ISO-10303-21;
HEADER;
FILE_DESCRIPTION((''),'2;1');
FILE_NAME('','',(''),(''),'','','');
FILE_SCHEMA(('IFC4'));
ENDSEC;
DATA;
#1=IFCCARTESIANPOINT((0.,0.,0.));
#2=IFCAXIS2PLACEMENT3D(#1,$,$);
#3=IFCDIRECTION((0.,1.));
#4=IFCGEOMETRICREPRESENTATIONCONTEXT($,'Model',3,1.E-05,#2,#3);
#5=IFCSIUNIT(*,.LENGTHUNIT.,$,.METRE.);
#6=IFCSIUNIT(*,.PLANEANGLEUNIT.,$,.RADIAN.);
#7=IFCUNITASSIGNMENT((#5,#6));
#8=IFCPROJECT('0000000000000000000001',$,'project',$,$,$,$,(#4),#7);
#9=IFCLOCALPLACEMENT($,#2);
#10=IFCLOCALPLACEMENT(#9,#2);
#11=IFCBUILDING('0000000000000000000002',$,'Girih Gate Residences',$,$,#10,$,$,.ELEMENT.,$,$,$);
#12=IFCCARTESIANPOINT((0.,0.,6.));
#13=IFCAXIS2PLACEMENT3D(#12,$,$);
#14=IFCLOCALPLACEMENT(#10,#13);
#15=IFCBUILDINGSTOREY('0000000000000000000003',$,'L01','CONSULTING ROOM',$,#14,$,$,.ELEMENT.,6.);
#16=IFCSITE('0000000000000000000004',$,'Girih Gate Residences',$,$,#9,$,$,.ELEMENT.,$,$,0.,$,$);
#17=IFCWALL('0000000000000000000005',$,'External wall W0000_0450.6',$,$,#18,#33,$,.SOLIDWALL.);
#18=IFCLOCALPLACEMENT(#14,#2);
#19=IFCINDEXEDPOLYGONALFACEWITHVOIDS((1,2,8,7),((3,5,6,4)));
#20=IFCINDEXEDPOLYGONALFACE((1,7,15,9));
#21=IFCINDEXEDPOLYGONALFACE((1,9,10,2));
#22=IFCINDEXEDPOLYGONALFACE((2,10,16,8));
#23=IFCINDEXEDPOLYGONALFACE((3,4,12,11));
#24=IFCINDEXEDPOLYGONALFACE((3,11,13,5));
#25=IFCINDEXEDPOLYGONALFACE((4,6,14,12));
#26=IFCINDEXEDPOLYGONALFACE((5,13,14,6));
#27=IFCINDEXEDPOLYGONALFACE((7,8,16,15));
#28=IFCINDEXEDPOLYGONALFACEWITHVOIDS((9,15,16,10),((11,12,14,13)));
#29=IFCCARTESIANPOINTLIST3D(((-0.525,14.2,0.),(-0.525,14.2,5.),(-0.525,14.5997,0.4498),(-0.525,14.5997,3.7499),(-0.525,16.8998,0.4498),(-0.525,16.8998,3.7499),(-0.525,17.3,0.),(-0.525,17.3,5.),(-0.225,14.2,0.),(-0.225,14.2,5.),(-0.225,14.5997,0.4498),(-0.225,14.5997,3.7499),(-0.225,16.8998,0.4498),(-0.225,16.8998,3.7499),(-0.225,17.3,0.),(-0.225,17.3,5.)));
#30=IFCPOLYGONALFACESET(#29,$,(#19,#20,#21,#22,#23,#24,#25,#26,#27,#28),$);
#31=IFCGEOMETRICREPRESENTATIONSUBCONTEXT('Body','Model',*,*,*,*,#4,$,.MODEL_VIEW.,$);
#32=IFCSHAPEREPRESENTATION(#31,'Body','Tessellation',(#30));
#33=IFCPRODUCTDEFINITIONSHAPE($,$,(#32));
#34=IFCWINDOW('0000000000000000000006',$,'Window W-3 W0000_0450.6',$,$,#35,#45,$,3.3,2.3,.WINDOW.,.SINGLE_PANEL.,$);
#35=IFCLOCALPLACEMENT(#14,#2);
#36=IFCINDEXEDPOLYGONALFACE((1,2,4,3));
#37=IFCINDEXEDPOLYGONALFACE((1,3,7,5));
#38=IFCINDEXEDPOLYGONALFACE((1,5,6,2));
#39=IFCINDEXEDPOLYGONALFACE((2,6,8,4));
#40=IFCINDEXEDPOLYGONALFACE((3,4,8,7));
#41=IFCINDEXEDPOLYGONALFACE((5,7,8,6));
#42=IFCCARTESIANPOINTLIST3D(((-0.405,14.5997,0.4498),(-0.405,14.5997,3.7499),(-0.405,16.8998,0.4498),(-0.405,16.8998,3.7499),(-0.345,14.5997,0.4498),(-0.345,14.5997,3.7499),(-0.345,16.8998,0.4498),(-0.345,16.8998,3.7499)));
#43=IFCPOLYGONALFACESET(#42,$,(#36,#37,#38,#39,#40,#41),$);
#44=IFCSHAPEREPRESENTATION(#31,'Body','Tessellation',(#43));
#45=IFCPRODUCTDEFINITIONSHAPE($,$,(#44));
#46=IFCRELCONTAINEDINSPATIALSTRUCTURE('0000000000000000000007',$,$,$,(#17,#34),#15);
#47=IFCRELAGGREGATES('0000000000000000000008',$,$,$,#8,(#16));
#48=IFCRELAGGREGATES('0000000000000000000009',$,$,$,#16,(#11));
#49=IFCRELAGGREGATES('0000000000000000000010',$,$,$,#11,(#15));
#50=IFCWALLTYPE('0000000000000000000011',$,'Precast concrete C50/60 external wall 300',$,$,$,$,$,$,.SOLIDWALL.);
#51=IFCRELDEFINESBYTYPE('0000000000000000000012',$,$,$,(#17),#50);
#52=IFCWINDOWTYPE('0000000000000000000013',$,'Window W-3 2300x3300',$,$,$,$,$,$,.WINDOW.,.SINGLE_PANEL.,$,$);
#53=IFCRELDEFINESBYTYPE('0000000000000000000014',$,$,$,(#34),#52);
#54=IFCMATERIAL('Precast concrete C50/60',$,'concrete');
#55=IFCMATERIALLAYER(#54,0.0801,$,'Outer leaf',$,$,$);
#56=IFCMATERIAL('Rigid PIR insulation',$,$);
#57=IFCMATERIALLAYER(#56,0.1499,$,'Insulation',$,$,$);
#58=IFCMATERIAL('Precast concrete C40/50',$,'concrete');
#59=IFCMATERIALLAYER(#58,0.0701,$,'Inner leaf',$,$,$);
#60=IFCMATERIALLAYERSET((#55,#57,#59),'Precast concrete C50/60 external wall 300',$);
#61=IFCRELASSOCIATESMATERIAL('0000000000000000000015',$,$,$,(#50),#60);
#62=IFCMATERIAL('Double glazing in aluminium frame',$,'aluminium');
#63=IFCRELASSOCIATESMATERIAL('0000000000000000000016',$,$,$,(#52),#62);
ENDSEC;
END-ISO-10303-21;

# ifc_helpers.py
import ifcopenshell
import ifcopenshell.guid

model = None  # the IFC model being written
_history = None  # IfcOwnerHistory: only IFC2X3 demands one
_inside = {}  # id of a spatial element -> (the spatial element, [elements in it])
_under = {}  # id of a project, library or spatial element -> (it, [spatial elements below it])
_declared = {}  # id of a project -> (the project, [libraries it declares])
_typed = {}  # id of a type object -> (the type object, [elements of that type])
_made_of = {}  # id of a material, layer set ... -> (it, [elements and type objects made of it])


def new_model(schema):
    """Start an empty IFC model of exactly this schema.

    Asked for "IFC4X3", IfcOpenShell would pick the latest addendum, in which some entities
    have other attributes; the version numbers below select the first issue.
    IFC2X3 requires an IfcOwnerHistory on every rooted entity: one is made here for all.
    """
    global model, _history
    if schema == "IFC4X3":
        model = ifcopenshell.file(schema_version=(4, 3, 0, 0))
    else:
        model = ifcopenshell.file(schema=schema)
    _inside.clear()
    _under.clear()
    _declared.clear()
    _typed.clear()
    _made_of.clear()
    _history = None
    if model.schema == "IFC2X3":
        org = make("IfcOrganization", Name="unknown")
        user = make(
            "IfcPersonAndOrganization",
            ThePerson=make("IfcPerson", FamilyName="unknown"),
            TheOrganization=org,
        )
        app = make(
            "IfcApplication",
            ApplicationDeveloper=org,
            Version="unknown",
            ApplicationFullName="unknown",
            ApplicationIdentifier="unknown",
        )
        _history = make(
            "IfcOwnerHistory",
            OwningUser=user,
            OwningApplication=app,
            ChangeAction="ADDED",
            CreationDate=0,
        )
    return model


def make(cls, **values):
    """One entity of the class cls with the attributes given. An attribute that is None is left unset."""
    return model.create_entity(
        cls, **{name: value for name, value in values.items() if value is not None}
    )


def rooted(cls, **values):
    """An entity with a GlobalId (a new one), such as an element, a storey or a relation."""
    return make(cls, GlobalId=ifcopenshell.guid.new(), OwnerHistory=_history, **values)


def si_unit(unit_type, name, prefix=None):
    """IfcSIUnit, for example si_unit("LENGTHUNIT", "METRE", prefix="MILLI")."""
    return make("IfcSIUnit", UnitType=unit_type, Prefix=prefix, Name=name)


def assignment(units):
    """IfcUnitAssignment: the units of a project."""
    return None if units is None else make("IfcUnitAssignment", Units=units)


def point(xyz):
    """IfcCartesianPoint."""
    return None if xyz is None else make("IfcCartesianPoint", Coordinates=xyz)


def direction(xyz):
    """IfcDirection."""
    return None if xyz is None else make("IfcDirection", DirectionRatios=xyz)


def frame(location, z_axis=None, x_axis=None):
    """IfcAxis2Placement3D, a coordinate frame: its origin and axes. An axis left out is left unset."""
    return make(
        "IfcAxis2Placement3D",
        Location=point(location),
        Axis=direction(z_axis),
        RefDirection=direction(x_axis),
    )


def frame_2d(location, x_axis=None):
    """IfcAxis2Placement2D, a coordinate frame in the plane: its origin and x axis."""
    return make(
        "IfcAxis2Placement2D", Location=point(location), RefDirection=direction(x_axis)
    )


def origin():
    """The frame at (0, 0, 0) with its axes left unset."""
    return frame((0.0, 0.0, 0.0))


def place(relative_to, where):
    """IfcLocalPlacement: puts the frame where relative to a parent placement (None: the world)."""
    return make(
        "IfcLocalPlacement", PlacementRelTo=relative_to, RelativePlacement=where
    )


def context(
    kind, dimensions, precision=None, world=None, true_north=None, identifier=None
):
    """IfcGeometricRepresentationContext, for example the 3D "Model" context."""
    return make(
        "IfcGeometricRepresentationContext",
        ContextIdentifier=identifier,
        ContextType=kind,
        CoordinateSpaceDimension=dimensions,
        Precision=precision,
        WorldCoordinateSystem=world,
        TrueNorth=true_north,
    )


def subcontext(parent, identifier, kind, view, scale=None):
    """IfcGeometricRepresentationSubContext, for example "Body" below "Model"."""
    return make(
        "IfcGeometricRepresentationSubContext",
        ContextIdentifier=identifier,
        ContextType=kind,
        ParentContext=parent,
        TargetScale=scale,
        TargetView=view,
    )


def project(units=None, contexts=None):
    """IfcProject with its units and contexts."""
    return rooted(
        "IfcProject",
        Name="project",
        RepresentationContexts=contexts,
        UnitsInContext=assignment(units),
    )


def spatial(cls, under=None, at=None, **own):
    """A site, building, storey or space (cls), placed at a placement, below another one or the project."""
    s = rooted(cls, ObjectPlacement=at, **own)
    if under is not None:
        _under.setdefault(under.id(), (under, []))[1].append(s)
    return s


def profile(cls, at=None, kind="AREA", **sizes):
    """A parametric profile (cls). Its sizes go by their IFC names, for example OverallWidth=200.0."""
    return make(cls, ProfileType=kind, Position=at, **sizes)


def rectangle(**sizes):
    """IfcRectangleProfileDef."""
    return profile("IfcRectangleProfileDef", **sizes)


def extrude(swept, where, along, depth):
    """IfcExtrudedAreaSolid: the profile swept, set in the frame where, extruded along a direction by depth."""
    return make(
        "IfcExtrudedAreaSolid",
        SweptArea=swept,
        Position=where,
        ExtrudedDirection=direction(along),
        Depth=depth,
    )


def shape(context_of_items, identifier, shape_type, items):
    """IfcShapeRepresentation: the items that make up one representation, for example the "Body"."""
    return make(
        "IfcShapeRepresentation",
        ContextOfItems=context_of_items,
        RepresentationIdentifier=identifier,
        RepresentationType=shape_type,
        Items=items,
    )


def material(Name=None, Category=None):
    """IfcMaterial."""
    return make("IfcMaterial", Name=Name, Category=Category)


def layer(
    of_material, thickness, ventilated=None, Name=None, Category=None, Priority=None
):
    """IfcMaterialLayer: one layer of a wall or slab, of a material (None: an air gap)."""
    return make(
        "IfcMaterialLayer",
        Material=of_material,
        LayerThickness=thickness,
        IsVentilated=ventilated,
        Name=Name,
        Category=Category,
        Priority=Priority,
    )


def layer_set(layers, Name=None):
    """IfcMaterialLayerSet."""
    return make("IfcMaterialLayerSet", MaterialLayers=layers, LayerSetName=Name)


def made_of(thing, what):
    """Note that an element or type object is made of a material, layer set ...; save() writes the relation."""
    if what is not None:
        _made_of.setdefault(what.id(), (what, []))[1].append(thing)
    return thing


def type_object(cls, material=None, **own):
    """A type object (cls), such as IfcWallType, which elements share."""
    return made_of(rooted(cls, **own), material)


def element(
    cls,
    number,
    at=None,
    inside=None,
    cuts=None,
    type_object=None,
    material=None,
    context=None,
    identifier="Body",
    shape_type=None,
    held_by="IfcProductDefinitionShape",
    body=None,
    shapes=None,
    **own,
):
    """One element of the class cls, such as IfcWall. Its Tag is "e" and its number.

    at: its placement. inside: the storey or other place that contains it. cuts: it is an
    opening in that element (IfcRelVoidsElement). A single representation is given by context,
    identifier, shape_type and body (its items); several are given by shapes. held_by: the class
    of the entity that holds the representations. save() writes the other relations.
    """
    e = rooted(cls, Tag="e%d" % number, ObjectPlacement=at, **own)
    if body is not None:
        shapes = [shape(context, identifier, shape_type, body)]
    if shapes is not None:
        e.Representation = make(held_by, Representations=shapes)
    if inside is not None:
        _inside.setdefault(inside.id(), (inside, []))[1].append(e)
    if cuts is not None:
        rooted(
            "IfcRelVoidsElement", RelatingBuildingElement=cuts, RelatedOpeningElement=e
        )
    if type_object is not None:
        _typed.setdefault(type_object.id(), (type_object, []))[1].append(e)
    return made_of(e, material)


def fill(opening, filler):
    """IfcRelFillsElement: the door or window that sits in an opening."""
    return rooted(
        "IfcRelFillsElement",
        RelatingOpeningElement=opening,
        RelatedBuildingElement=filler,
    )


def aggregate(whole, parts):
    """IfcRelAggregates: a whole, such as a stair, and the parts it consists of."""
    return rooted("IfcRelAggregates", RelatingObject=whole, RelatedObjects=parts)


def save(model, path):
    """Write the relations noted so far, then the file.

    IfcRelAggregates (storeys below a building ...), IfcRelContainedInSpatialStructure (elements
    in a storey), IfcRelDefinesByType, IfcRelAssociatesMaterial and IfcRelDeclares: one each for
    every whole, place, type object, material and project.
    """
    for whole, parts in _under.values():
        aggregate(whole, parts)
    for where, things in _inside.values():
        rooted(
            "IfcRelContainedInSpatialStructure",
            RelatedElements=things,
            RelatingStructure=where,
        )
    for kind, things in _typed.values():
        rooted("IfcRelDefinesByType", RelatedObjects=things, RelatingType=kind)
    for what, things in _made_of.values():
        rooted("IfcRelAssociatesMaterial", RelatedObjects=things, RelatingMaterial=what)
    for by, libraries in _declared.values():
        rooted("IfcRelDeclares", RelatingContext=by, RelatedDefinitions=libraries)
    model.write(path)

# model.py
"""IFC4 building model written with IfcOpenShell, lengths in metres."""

from ifc_helpers import new_model, si_unit, direction, frame, frame_2d, origin, place, context, subcontext, project, spatial, rectangle, extrude, material, layer, layer_set, type_object, element, fill, save


model = new_model("IFC4")

# Units and contexts
model_context = context("Model", 3, precision=1e-05, world=origin(), true_north=direction((0.0, 1.0)))
body_context = subcontext(model_context, "Body", "Model", "MODEL_VIEW")
ifc_project = project(units=[si_unit("LENGTHUNIT", "METRE"), si_unit("PLANEANGLEUNIT", "RADIAN")], contexts=[model_context])

# Site, building, storey
site_placement = place(None, origin())
site = spatial("IfcSite", under=ifc_project, at=site_placement, Name="Girih Gate Residences", CompositionType="ELEMENT", RefElevation=0.0)
building_placement = place(site_placement, origin())
building = spatial("IfcBuilding", under=site, at=building_placement, Name="Girih Gate Residences", CompositionType="ELEMENT")
storey_placement = place(building_placement, frame((0.0, 0.0, 6.0)))
storey = spatial("IfcBuildingStorey", under=building, at=storey_placement, Name="L01", Description="CONSULTING ROOM", CompositionType="ELEMENT", Elevation=6.0)

# Wall, opening, window
ifc_material_1 = material(Name="Precast concrete C50/60", Category="concrete")
ifc_layer_1 = layer(ifc_material_1, 0.0801, Name="Outer leaf")
ifc_material_2 = material(Name="Rigid PIR insulation")
ifc_layer_2 = layer(ifc_material_2, 0.1499, Name="Insulation")
ifc_material_3 = material(Name="Precast concrete C40/50", Category="concrete")
ifc_layer_3 = layer(ifc_material_3, 0.0701, Name="Inner leaf")
ifc_layer_set_1 = layer_set([ifc_layer_1, ifc_layer_2, ifc_layer_3], Name="Precast concrete C50/60 external wall 300")
wall_type_1 = type_object("IfcWallType", Name="Precast concrete C50/60 external wall 300", PredefinedType="SOLIDWALL", material=ifc_layer_set_1)
ifc_material_4 = material(Name="Double glazing in aluminium frame", Category="aluminium")
window_type = type_object("IfcWindowType", Name="Window W-3 2300x3300", PartitioningType="SINGLE_PANEL", PredefinedType="WINDOW", material=ifc_material_4)
wall_1_placement = place(storey_placement, frame((-0.375, 14.2, 0.0), z_axis=(0.0, 0.0, 1.0), x_axis=(0.0, 1.0, 0.0)))
wall_1 = element("IfcWall", 1, at=wall_1_placement, inside=storey, type_object=wall_type_1, Name="External wall W0000_0450.6", PredefinedType="SOLIDWALL", context=body_context, shape_type="SweptSolid", body=[
    extrude(rectangle(XDim=3.1001, YDim=0.3, at=frame_2d((1.55, 0.0))), origin(), (0.0, 0.0, 1.0), 5.0),
])
opening_1_placement = place(wall_1_placement, frame((0.3999, 0.0, 0.45)))
opening_1 = element("IfcOpeningElement", 2, at=opening_1_placement, cuts=wall_1, PredefinedType="OPENING", context=body_context, shape_type="SweptSolid", body=[
    extrude(rectangle(XDim=2.3, YDim=3.3, at=frame_2d((1.1499, 1.6499))), frame((0.0, 0.1599, 0.0), z_axis=(0.0, -1.0, 0.0), x_axis=(1.0, 0.0, 0.0)), (0.0, 0.0, 1.0), 0.3201),
])
window_1_placement = place(opening_1_placement, origin())
window_1 = element("IfcWindow", 3, at=window_1_placement, inside=storey, type_object=window_type, Name="Window W-3 W0000_0450.6", OverallHeight=3.3, OverallWidth=2.3, PartitioningType="SINGLE_PANEL", PredefinedType="WINDOW", context=body_context, shape_type="SweptSolid", body=[
    extrude(rectangle(XDim=2.3, YDim=3.3, at=frame_2d((1.1499, 1.6499))), frame((0.0, 0.03, 0.0), z_axis=(0.0, -1.0, 0.0), x_axis=(1.0, 0.0, 0.0)), (0.0, 0.0, 1.0), 0.0601),
])
fill(opening_1, window_1)

save(model, "model.ifc")
